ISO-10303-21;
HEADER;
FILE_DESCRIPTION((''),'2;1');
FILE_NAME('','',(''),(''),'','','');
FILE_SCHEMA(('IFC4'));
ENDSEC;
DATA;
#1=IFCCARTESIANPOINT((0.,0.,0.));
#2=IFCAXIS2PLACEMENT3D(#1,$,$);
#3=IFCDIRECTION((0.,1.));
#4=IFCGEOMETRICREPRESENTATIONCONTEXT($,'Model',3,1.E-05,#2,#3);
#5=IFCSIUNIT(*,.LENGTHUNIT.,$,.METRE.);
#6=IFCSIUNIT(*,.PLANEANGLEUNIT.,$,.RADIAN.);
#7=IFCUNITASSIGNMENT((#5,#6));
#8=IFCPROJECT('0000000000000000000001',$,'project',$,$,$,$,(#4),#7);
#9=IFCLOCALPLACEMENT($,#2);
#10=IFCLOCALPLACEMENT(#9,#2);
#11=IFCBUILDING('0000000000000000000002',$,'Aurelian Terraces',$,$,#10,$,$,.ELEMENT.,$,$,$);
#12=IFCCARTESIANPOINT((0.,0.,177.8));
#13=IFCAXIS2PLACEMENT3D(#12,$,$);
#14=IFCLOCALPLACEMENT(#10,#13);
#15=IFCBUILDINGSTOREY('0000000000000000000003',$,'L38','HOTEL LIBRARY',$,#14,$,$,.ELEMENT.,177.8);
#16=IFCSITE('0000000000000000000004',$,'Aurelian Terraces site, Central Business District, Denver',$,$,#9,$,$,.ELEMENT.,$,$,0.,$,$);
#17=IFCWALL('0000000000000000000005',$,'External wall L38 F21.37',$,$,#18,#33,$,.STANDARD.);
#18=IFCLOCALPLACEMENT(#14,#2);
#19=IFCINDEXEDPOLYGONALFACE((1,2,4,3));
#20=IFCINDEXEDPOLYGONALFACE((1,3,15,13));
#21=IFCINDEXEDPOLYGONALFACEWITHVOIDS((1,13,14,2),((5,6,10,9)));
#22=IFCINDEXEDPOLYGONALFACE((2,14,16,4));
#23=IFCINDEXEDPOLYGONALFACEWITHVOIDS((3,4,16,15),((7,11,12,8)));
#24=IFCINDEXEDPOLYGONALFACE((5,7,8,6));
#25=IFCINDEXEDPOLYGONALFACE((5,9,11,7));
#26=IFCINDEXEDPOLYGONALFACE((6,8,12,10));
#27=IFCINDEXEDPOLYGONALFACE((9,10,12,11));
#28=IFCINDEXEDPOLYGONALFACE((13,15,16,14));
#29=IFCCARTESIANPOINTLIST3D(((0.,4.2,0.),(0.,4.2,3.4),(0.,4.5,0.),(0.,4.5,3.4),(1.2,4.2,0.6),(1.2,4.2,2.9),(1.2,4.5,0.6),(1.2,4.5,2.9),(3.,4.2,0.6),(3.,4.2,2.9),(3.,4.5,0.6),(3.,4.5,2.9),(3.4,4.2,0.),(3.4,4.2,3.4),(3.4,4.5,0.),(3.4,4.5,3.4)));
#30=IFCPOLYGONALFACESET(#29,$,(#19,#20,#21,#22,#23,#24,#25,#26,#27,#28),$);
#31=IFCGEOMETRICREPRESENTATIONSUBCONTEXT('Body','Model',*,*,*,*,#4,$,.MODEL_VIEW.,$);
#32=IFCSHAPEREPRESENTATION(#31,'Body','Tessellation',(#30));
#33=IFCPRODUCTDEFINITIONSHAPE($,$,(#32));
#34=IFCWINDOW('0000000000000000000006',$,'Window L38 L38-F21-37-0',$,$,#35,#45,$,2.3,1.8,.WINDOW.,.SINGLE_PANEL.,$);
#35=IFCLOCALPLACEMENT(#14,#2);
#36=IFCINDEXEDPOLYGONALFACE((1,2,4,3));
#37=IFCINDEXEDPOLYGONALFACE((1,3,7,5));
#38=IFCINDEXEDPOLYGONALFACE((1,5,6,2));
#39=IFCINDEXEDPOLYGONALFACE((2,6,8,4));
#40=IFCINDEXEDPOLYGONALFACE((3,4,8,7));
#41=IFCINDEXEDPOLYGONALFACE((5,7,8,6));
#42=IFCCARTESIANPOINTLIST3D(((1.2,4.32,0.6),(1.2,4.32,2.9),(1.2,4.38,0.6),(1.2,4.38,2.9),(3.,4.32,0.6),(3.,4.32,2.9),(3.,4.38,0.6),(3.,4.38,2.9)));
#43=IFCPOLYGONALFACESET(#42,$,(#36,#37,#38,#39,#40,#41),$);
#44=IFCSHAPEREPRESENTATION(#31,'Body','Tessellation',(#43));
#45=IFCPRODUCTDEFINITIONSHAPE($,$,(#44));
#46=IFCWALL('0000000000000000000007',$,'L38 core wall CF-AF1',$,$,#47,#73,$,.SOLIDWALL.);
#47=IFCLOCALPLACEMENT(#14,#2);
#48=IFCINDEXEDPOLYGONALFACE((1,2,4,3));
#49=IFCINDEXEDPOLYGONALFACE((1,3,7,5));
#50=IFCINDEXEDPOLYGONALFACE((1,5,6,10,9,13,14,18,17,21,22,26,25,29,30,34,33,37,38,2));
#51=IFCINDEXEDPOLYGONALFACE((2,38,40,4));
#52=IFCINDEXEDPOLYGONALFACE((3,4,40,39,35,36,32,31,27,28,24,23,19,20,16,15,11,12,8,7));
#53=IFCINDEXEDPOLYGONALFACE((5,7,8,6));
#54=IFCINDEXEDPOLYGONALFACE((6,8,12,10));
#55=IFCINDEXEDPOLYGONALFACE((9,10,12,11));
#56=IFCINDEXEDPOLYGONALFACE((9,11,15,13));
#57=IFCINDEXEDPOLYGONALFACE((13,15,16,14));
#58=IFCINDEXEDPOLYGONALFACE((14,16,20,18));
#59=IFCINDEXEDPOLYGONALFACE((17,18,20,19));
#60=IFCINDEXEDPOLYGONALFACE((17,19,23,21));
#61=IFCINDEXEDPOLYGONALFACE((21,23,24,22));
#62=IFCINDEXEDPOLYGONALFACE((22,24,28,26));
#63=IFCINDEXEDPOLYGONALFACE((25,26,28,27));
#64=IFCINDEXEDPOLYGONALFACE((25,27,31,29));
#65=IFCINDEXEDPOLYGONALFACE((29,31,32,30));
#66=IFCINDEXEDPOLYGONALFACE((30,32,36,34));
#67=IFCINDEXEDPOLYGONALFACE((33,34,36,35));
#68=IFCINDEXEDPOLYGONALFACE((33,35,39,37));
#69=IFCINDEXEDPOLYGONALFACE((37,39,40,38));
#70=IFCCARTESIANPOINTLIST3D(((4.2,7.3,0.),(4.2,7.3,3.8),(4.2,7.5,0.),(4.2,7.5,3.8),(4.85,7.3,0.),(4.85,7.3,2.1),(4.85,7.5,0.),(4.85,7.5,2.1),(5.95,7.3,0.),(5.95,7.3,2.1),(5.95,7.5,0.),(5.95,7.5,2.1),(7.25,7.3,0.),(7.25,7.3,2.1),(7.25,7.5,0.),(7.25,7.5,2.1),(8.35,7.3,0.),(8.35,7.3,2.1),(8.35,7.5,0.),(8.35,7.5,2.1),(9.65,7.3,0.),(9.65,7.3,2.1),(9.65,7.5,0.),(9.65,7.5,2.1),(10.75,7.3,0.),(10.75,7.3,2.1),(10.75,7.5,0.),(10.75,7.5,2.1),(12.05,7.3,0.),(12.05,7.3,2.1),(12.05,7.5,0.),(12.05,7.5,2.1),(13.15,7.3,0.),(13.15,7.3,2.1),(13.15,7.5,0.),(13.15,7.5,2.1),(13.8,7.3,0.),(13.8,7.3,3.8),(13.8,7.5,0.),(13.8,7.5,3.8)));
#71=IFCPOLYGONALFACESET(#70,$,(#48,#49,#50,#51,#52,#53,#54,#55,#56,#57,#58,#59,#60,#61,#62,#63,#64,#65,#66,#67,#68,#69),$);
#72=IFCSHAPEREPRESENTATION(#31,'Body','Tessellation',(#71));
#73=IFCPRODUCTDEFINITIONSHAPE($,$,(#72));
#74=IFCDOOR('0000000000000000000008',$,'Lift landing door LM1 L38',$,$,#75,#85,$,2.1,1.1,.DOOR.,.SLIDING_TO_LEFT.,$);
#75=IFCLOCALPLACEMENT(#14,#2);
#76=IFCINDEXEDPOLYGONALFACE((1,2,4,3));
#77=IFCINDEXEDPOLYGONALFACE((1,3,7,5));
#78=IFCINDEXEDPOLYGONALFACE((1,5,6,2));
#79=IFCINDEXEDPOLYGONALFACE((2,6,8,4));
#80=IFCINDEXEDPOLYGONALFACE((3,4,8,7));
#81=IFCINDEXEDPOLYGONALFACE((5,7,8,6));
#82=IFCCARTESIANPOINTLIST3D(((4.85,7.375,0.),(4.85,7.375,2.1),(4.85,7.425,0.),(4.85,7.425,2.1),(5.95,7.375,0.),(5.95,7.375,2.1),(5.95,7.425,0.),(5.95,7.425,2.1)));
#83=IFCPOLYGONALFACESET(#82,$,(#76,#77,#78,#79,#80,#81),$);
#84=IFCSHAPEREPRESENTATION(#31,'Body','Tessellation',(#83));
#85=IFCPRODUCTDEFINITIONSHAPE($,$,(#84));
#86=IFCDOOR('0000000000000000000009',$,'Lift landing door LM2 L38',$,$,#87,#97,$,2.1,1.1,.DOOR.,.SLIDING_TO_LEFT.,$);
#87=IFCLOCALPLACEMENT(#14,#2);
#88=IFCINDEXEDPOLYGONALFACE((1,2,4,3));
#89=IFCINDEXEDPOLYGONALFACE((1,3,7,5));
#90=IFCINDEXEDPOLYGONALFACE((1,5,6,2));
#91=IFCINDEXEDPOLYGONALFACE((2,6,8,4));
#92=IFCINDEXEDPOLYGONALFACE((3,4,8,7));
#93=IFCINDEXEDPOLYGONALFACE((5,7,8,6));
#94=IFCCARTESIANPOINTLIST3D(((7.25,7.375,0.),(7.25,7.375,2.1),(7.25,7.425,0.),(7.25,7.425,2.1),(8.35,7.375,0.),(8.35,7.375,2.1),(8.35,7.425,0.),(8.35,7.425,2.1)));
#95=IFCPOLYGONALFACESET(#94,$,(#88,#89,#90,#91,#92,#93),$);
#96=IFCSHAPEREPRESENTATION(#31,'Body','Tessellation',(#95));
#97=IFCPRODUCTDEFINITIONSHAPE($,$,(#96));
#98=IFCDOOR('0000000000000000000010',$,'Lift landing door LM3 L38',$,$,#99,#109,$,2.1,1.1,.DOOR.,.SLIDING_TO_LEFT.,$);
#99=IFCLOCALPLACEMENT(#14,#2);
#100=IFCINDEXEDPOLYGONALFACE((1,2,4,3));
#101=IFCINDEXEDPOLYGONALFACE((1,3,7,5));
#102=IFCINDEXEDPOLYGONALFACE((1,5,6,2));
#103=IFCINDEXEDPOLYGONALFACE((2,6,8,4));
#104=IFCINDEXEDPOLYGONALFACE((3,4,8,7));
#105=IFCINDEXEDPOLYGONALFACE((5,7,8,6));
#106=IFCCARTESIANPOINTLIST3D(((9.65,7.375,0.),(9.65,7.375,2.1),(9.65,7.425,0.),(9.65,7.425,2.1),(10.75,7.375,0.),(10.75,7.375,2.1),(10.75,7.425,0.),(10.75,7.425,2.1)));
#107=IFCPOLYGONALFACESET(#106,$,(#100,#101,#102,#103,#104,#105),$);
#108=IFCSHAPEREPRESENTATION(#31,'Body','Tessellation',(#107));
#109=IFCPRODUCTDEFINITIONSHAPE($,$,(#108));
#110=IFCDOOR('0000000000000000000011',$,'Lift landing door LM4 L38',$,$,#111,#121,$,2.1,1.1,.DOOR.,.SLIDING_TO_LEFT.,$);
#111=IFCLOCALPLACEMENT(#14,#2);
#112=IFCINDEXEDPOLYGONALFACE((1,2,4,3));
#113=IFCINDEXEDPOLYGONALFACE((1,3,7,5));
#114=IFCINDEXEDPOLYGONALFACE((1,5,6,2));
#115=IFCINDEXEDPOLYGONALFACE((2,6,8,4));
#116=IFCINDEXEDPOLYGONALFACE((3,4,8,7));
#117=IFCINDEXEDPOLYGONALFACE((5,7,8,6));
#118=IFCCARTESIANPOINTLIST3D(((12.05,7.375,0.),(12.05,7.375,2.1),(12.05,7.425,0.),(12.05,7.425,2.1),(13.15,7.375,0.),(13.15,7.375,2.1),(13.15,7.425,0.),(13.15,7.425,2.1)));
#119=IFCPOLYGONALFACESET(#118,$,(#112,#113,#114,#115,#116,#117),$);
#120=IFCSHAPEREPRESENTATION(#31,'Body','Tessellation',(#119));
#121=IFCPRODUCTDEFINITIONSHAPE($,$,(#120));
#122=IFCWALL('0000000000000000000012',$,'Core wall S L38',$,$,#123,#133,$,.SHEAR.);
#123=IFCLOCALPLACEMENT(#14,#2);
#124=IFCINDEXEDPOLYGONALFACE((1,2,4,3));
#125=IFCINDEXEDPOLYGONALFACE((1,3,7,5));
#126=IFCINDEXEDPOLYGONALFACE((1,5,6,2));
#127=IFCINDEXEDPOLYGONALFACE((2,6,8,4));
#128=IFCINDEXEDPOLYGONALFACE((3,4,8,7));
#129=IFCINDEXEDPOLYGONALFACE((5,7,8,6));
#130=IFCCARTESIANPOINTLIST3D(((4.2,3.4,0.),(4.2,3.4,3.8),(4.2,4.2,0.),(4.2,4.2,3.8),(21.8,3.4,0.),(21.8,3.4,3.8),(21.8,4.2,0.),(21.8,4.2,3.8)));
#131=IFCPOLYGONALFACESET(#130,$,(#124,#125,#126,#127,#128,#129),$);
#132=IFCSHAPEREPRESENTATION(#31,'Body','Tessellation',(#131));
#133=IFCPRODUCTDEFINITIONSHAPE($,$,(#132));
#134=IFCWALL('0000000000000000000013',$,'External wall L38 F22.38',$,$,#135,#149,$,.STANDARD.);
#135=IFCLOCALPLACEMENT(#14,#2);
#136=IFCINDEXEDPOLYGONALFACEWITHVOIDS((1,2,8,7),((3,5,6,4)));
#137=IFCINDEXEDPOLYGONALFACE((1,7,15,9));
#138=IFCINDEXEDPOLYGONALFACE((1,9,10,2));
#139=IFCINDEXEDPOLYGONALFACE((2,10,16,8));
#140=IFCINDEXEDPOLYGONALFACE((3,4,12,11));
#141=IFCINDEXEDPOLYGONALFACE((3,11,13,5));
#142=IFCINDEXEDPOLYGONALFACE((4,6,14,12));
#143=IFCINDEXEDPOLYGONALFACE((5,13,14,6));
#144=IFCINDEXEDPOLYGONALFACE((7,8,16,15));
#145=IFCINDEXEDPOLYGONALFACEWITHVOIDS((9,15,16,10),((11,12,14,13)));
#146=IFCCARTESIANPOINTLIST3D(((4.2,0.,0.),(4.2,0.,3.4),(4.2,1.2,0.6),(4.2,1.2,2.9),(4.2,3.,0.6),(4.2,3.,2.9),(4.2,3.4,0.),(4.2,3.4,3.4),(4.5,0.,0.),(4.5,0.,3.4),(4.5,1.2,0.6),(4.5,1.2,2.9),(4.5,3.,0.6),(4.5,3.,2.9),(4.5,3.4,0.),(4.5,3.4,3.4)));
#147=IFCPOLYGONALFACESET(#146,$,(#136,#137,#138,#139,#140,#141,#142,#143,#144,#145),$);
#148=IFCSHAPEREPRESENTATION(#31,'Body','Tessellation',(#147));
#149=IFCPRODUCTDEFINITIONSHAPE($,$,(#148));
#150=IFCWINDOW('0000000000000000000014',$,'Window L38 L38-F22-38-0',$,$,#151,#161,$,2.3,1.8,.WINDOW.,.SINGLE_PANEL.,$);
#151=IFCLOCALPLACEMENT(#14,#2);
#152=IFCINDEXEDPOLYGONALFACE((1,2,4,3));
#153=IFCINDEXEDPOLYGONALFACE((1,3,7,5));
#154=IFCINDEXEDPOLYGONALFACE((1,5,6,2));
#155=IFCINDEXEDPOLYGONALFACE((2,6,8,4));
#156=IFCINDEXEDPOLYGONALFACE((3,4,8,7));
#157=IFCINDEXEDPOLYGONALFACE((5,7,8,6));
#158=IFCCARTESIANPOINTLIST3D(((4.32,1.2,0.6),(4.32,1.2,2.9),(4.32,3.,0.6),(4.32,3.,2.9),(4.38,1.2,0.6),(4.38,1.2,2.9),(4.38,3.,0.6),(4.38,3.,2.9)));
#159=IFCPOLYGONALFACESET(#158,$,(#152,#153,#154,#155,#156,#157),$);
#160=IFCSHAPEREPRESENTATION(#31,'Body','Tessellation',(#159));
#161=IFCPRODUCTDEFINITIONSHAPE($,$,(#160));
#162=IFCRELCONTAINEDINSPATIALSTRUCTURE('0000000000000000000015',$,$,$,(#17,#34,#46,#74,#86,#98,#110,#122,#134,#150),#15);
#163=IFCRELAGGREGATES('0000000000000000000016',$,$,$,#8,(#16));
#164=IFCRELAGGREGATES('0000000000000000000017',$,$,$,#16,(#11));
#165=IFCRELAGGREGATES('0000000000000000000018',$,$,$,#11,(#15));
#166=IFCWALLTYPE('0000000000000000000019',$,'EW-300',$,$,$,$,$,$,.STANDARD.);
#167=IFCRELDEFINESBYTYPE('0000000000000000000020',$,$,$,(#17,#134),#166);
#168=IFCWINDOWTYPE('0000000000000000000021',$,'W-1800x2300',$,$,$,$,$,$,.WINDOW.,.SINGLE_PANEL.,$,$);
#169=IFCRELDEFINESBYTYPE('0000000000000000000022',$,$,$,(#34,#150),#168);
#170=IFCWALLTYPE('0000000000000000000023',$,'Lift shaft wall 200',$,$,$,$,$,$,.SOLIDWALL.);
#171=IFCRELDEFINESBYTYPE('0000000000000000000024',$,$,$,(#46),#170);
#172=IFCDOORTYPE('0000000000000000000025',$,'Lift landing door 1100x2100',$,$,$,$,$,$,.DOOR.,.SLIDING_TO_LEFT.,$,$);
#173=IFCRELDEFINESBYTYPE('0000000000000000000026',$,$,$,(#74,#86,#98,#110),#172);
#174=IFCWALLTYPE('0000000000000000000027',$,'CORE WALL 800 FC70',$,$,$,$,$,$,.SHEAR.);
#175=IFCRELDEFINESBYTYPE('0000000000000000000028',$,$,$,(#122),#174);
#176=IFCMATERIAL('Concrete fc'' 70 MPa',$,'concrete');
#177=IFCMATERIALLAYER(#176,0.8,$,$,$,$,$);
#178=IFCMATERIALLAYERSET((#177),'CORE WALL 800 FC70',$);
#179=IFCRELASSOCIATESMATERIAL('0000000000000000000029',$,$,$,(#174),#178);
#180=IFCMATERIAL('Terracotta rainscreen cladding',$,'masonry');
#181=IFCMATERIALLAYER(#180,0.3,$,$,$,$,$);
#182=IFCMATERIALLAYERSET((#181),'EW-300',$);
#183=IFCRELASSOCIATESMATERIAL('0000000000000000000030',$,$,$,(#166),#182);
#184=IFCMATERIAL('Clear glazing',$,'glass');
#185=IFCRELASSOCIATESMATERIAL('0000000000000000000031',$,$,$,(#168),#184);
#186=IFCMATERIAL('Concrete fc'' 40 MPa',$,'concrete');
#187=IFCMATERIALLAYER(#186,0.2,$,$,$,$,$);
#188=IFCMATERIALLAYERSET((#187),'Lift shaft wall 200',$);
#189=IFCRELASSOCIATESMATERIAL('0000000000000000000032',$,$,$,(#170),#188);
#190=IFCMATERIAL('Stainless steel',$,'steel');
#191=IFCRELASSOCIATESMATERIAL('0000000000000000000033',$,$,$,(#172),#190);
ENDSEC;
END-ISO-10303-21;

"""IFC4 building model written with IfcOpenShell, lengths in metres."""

from ifc_helpers import new_model, si_unit, direction, frame, frame_2d, origin, place, context, subcontext, project, spatial, rectangle, extrude, source, transform, mapped, material, layer, layer_set, type_object, element, fill, save


model = new_model("IFC4")

# Units and contexts
model_context = context("Model", 3, precision=1e-05, world=origin(), true_north=direction((0.0, 1.0)))
body_context = subcontext(model_context, "Body", "Model", "MODEL_VIEW")
ifc_project = project(units=[si_unit("LENGTHUNIT", "METRE"), si_unit("PLANEANGLEUNIT", "RADIAN")], contexts=[model_context])

# Site, building, storey
site_placement = place(None, origin())
site = spatial("IfcSite", under=ifc_project, at=site_placement, Name="Aurelian Terraces site, Central Business District, Denver", CompositionType="ELEMENT", RefElevation=0.0)
building_placement = place(site_placement, origin())
building = spatial("IfcBuilding", under=site, at=building_placement, Name="Aurelian Terraces", CompositionType="ELEMENT")
storey_placement = place(building_placement, frame((0.0, 0.0, 177.8)))
storey = spatial("IfcBuildingStorey", under=building, at=storey_placement, Name="L38", Description="HOTEL LIBRARY", CompositionType="ELEMENT", Elevation=177.8)

# Shared definitions
ifc_material_1 = material(Name="Concrete fc' 40 MPa", Category="concrete")

# Shared definitions
ifc_material_2 = material(Name="Concrete fc' 70 MPa", Category="concrete")
ifc_layer_1 = layer(ifc_material_2, 0.8)
ifc_layer_set_1 = layer_set([ifc_layer_1], Name="CORE WALL 800 FC70")
wall_type_1 = type_object("IfcWallType", Name="CORE WALL 800 FC70", PredefinedType="SHEAR", material=ifc_layer_set_1)

# Shared definitions
ifc_material_3 = material(Name="Terracotta rainscreen cladding", Category="masonry")
ifc_layer_2 = layer(ifc_material_3, 0.3)
ifc_layer_set_2 = layer_set([ifc_layer_2], Name="EW-300")
wall_type_2 = type_object("IfcWallType", Name="EW-300", PredefinedType="STANDARD", material=ifc_layer_set_2)
ifc_material_4 = material(Name="Clear glazing", Category="glass")

# Wall, opening, window
wall_1_placement = place(storey_placement, frame((0.0, 4.35, 0.0), z_axis=(0.0, 0.0, 1.0), x_axis=(1.0, 0.0, 0.0)))
wall_1 = element("IfcWall", 1, at=wall_1_placement, inside=storey, type_object=wall_type_2, Name="External wall L38 F21.37", PredefinedType="STANDARD", context=body_context, shape_type="SweptSolid", body=[
    extrude(rectangle(XDim=3.4, YDim=0.3, at=frame_2d((1.7, 0.0))), origin(), (0.0, 0.0, 1.0), 3.4),
])
shared_shape_1 = source(origin(), body_context, "Body", "SweptSolid", [
    extrude(rectangle(XDim=1.8, YDim=2.3, at=frame_2d((0.9, 1.15))), frame((0.0, 0.16, 0.0), z_axis=(0.0, -1.0, 0.0), x_axis=(1.0, 0.0, 0.0)), (0.0, 0.0, 1.0), 0.32),
])
opening_1_placement = place(wall_1_placement, frame((1.2, 0.0, 0.6)))
opening_1 = element("IfcOpeningElement", 2, at=opening_1_placement, cuts=wall_1, PredefinedType="OPENING", context=body_context, shape_type="MappedRepresentation", body=[
    mapped(shared_shape_1, transform((0.0, 0.0, 0.0), scale=1.0)),
])
window_type_1 = type_object("IfcWindowType", Name="W-1800x2300", PartitioningType="SINGLE_PANEL", PredefinedType="WINDOW", material=ifc_material_4)
shared_shape_2 = source(origin(), body_context, "Body", "SweptSolid", [
    extrude(rectangle(XDim=1.8, YDim=2.3, at=frame_2d((0.9, 1.15))), frame((0.0, 0.03, 0.0), z_axis=(0.0, -1.0, 0.0), x_axis=(1.0, 0.0, 0.0)), (0.0, 0.0, 1.0), 0.06),
])
window_1_placement = place(opening_1_placement, origin())
window_1 = element("IfcWindow", 3, at=window_1_placement, inside=storey, type_object=window_type_1, Name="Window L38 L38-F21-37-0", OverallHeight=2.3, OverallWidth=1.8, PartitioningType="SINGLE_PANEL", PredefinedType="WINDOW", context=body_context, shape_type="MappedRepresentation", body=[
    mapped(shared_shape_2, transform((0.0, 0.0, 0.0), scale=1.0)),
])
fill(opening_1, window_1)

# Wall, openings, doors
ifc_layer_3 = layer(ifc_material_1, 0.2)
ifc_layer_set_3 = layer_set([ifc_layer_3], Name="Lift shaft wall 200")
wall_type_3 = type_object("IfcWallType", Name="Lift shaft wall 200", PredefinedType="SOLIDWALL", material=ifc_layer_set_3)
wall_2_placement = place(storey_placement, frame((4.2, 7.4, 0.0), z_axis=(0.0, 0.0, 1.0), x_axis=(1.0, 0.0, 0.0)))
wall_2 = element("IfcWall", 4, at=wall_2_placement, inside=storey, type_object=wall_type_3, Name="L38 core wall CF-AF1", PredefinedType="SOLIDWALL", context=body_context, shape_type="SweptSolid", body=[
    extrude(rectangle(XDim=9.6, YDim=0.2, at=frame_2d((4.8, 0.0))), origin(), (0.0, 0.0, 1.0), 3.8),
])
shared_shape_3 = source(origin(), body_context, "Body", "SweptSolid", [
    extrude(rectangle(XDim=1.1, YDim=2.1, at=frame_2d((0.55, 1.05))), frame((0.0, 0.11, 0.0), z_axis=(0.0, -1.0, 0.0), x_axis=(1.0, 0.0, 0.0)), (0.0, 0.0, 1.0), 0.22),
])
opening_2_placement = place(wall_2_placement, frame((0.65, 0.0, 0.0)))
opening_2 = element("IfcOpeningElement", 5, at=opening_2_placement, cuts=wall_2, PredefinedType="OPENING", context=body_context, shape_type="MappedRepresentation", body=[
    mapped(shared_shape_3, transform((0.0, 0.0, 0.0), scale=1.0)),
])
opening_3_placement = place(wall_2_placement, frame((3.05, 0.0, 0.0)))
opening_3 = element("IfcOpeningElement", 6, at=opening_3_placement, cuts=wall_2, PredefinedType="OPENING", context=body_context, shape_type="MappedRepresentation", body=[
    mapped(shared_shape_3, transform((0.0, 0.0, 0.0), scale=1.0)),
])
opening_4_placement = place(wall_2_placement, frame((5.45, 0.0, 0.0)))
opening_4 = element("IfcOpeningElement", 7, at=opening_4_placement, cuts=wall_2, PredefinedType="OPENING", context=body_context, shape_type="MappedRepresentation", body=[
    mapped(shared_shape_3, transform((0.0, 0.0, 0.0), scale=1.0)),
])
opening_5_placement = place(wall_2_placement, frame((7.85, 0.0, 0.0)))
opening_5 = element("IfcOpeningElement", 8, at=opening_5_placement, cuts=wall_2, PredefinedType="OPENING", context=body_context, shape_type="MappedRepresentation", body=[
    mapped(shared_shape_3, transform((0.0, 0.0, 0.0), scale=1.0)),
])
ifc_material_5 = material(Name="Stainless steel", Category="steel")
door_type_1 = type_object("IfcDoorType", Name="Lift landing door 1100x2100", OperationType="SLIDING_TO_LEFT", PredefinedType="DOOR", material=ifc_material_5)
shared_shape_4 = source(origin(), body_context, "Body", "SweptSolid", [
    extrude(rectangle(XDim=1.1, YDim=2.1, at=frame_2d((0.55, 1.05))), frame((0.0, 0.025, 0.0), z_axis=(0.0, -1.0, 0.0), x_axis=(1.0, 0.0, 0.0)), (0.0, 0.0, 1.0), 0.05),
])
door_1_placement = place(opening_2_placement, origin())
door_1 = element("IfcDoor", 9, at=door_1_placement, inside=storey, type_object=door_type_1, Name="Lift landing door LM1 L38", OperationType="SLIDING_TO_LEFT", OverallHeight=2.1, OverallWidth=1.1, PredefinedType="DOOR", context=body_context, shape_type="MappedRepresentation", body=[
    mapped(shared_shape_4, transform((0.0, 0.0, 0.0), scale=1.0)),
])
fill(opening_2, door_1)
door_2_placement = place(opening_3_placement, origin())
door_2 = element("IfcDoor", 10, at=door_2_placement, inside=storey, type_object=door_type_1, Name="Lift landing door LM2 L38", OperationType="SLIDING_TO_LEFT", OverallHeight=2.1, OverallWidth=1.1, PredefinedType="DOOR", context=body_context, shape_type="MappedRepresentation", body=[
    mapped(shared_shape_4, transform((0.0, 0.0, 0.0), scale=1.0)),
])
fill(opening_3, door_2)
door_3_placement = place(opening_4_placement, origin())
door_3 = element("IfcDoor", 11, at=door_3_placement, inside=storey, type_object=door_type_1, Name="Lift landing door LM3 L38", OperationType="SLIDING_TO_LEFT", OverallHeight=2.1, OverallWidth=1.1, PredefinedType="DOOR", context=body_context, shape_type="MappedRepresentation", body=[
    mapped(shared_shape_4, transform((0.0, 0.0, 0.0), scale=1.0)),
])
fill(opening_4, door_3)
door_4_placement = place(opening_5_placement, origin())
door_4 = element("IfcDoor", 12, at=door_4_placement, inside=storey, type_object=door_type_1, Name="Lift landing door LM4 L38", OperationType="SLIDING_TO_LEFT", OverallHeight=2.1, OverallWidth=1.1, PredefinedType="DOOR", context=body_context, shape_type="MappedRepresentation", body=[
    mapped(shared_shape_4, transform((0.0, 0.0, 0.0), scale=1.0)),
])
fill(opening_5, door_4)

# Wall
shared_shape_5 = source(origin(), body_context, "Body", "SweptSolid", [
    extrude(rectangle(XDim=17.6, YDim=0.8, at=frame_2d((8.8, 0.0))), origin(), (0.0, 0.0, 1.0), 3.8),
])
wall_3_placement = place(storey_placement, frame((4.2, 3.8, 0.0), z_axis=(0.0, 0.0, 1.0), x_axis=(1.0, 0.0, 0.0)))
element("IfcWall", 13, at=wall_3_placement, inside=storey, type_object=wall_type_1, Name="Core wall S L38", PredefinedType="SHEAR", context=body_context, shape_type="MappedRepresentation", body=[
    mapped(shared_shape_5, transform((0.0, 0.0, 0.0), scale=1.0)),
])

# Wall, opening, window
shared_shape_6 = source(origin(), body_context, "Body", "SweptSolid", [
    extrude(rectangle(XDim=3.4, YDim=0.3, at=frame_2d((1.7, 0.0))), origin(), (0.0, 0.0, 1.0), 3.4),
])
wall_4_placement = place(storey_placement, frame((4.35, 3.4, 0.0), z_axis=(0.0, 0.0, 1.0), x_axis=(0.0, -1.0, 0.0)))
wall_4 = element("IfcWall", 14, at=wall_4_placement, inside=storey, type_object=wall_type_2, Name="External wall L38 F22.38", PredefinedType="STANDARD", context=body_context, shape_type="MappedRepresentation", body=[
    mapped(shared_shape_6, transform((0.0, 0.0, 0.0), scale=1.0)),
])
opening_6_placement = place(wall_4_placement, frame((0.4, 0.0, 0.6)))
opening_6 = element("IfcOpeningElement", 15, at=opening_6_placement, cuts=wall_4, PredefinedType="OPENING", context=body_context, shape_type="MappedRepresentation", body=[
    mapped(shared_shape_1, transform((0.0, 0.0, 0.0), scale=1.0)),
])
window_2_placement = place(opening_6_placement, origin())
window_2 = element("IfcWindow", 16, at=window_2_placement, inside=storey, type_object=window_type_1, Name="Window L38 L38-F22-38-0", OverallHeight=2.3, OverallWidth=1.8, PartitioningType="SINGLE_PANEL", PredefinedType="WINDOW", context=body_context, shape_type="MappedRepresentation", body=[
    mapped(shared_shape_2, transform((0.0, 0.0, 0.0), scale=1.0)),
])
fill(opening_6, window_2)

save(model, "model.ifc")
